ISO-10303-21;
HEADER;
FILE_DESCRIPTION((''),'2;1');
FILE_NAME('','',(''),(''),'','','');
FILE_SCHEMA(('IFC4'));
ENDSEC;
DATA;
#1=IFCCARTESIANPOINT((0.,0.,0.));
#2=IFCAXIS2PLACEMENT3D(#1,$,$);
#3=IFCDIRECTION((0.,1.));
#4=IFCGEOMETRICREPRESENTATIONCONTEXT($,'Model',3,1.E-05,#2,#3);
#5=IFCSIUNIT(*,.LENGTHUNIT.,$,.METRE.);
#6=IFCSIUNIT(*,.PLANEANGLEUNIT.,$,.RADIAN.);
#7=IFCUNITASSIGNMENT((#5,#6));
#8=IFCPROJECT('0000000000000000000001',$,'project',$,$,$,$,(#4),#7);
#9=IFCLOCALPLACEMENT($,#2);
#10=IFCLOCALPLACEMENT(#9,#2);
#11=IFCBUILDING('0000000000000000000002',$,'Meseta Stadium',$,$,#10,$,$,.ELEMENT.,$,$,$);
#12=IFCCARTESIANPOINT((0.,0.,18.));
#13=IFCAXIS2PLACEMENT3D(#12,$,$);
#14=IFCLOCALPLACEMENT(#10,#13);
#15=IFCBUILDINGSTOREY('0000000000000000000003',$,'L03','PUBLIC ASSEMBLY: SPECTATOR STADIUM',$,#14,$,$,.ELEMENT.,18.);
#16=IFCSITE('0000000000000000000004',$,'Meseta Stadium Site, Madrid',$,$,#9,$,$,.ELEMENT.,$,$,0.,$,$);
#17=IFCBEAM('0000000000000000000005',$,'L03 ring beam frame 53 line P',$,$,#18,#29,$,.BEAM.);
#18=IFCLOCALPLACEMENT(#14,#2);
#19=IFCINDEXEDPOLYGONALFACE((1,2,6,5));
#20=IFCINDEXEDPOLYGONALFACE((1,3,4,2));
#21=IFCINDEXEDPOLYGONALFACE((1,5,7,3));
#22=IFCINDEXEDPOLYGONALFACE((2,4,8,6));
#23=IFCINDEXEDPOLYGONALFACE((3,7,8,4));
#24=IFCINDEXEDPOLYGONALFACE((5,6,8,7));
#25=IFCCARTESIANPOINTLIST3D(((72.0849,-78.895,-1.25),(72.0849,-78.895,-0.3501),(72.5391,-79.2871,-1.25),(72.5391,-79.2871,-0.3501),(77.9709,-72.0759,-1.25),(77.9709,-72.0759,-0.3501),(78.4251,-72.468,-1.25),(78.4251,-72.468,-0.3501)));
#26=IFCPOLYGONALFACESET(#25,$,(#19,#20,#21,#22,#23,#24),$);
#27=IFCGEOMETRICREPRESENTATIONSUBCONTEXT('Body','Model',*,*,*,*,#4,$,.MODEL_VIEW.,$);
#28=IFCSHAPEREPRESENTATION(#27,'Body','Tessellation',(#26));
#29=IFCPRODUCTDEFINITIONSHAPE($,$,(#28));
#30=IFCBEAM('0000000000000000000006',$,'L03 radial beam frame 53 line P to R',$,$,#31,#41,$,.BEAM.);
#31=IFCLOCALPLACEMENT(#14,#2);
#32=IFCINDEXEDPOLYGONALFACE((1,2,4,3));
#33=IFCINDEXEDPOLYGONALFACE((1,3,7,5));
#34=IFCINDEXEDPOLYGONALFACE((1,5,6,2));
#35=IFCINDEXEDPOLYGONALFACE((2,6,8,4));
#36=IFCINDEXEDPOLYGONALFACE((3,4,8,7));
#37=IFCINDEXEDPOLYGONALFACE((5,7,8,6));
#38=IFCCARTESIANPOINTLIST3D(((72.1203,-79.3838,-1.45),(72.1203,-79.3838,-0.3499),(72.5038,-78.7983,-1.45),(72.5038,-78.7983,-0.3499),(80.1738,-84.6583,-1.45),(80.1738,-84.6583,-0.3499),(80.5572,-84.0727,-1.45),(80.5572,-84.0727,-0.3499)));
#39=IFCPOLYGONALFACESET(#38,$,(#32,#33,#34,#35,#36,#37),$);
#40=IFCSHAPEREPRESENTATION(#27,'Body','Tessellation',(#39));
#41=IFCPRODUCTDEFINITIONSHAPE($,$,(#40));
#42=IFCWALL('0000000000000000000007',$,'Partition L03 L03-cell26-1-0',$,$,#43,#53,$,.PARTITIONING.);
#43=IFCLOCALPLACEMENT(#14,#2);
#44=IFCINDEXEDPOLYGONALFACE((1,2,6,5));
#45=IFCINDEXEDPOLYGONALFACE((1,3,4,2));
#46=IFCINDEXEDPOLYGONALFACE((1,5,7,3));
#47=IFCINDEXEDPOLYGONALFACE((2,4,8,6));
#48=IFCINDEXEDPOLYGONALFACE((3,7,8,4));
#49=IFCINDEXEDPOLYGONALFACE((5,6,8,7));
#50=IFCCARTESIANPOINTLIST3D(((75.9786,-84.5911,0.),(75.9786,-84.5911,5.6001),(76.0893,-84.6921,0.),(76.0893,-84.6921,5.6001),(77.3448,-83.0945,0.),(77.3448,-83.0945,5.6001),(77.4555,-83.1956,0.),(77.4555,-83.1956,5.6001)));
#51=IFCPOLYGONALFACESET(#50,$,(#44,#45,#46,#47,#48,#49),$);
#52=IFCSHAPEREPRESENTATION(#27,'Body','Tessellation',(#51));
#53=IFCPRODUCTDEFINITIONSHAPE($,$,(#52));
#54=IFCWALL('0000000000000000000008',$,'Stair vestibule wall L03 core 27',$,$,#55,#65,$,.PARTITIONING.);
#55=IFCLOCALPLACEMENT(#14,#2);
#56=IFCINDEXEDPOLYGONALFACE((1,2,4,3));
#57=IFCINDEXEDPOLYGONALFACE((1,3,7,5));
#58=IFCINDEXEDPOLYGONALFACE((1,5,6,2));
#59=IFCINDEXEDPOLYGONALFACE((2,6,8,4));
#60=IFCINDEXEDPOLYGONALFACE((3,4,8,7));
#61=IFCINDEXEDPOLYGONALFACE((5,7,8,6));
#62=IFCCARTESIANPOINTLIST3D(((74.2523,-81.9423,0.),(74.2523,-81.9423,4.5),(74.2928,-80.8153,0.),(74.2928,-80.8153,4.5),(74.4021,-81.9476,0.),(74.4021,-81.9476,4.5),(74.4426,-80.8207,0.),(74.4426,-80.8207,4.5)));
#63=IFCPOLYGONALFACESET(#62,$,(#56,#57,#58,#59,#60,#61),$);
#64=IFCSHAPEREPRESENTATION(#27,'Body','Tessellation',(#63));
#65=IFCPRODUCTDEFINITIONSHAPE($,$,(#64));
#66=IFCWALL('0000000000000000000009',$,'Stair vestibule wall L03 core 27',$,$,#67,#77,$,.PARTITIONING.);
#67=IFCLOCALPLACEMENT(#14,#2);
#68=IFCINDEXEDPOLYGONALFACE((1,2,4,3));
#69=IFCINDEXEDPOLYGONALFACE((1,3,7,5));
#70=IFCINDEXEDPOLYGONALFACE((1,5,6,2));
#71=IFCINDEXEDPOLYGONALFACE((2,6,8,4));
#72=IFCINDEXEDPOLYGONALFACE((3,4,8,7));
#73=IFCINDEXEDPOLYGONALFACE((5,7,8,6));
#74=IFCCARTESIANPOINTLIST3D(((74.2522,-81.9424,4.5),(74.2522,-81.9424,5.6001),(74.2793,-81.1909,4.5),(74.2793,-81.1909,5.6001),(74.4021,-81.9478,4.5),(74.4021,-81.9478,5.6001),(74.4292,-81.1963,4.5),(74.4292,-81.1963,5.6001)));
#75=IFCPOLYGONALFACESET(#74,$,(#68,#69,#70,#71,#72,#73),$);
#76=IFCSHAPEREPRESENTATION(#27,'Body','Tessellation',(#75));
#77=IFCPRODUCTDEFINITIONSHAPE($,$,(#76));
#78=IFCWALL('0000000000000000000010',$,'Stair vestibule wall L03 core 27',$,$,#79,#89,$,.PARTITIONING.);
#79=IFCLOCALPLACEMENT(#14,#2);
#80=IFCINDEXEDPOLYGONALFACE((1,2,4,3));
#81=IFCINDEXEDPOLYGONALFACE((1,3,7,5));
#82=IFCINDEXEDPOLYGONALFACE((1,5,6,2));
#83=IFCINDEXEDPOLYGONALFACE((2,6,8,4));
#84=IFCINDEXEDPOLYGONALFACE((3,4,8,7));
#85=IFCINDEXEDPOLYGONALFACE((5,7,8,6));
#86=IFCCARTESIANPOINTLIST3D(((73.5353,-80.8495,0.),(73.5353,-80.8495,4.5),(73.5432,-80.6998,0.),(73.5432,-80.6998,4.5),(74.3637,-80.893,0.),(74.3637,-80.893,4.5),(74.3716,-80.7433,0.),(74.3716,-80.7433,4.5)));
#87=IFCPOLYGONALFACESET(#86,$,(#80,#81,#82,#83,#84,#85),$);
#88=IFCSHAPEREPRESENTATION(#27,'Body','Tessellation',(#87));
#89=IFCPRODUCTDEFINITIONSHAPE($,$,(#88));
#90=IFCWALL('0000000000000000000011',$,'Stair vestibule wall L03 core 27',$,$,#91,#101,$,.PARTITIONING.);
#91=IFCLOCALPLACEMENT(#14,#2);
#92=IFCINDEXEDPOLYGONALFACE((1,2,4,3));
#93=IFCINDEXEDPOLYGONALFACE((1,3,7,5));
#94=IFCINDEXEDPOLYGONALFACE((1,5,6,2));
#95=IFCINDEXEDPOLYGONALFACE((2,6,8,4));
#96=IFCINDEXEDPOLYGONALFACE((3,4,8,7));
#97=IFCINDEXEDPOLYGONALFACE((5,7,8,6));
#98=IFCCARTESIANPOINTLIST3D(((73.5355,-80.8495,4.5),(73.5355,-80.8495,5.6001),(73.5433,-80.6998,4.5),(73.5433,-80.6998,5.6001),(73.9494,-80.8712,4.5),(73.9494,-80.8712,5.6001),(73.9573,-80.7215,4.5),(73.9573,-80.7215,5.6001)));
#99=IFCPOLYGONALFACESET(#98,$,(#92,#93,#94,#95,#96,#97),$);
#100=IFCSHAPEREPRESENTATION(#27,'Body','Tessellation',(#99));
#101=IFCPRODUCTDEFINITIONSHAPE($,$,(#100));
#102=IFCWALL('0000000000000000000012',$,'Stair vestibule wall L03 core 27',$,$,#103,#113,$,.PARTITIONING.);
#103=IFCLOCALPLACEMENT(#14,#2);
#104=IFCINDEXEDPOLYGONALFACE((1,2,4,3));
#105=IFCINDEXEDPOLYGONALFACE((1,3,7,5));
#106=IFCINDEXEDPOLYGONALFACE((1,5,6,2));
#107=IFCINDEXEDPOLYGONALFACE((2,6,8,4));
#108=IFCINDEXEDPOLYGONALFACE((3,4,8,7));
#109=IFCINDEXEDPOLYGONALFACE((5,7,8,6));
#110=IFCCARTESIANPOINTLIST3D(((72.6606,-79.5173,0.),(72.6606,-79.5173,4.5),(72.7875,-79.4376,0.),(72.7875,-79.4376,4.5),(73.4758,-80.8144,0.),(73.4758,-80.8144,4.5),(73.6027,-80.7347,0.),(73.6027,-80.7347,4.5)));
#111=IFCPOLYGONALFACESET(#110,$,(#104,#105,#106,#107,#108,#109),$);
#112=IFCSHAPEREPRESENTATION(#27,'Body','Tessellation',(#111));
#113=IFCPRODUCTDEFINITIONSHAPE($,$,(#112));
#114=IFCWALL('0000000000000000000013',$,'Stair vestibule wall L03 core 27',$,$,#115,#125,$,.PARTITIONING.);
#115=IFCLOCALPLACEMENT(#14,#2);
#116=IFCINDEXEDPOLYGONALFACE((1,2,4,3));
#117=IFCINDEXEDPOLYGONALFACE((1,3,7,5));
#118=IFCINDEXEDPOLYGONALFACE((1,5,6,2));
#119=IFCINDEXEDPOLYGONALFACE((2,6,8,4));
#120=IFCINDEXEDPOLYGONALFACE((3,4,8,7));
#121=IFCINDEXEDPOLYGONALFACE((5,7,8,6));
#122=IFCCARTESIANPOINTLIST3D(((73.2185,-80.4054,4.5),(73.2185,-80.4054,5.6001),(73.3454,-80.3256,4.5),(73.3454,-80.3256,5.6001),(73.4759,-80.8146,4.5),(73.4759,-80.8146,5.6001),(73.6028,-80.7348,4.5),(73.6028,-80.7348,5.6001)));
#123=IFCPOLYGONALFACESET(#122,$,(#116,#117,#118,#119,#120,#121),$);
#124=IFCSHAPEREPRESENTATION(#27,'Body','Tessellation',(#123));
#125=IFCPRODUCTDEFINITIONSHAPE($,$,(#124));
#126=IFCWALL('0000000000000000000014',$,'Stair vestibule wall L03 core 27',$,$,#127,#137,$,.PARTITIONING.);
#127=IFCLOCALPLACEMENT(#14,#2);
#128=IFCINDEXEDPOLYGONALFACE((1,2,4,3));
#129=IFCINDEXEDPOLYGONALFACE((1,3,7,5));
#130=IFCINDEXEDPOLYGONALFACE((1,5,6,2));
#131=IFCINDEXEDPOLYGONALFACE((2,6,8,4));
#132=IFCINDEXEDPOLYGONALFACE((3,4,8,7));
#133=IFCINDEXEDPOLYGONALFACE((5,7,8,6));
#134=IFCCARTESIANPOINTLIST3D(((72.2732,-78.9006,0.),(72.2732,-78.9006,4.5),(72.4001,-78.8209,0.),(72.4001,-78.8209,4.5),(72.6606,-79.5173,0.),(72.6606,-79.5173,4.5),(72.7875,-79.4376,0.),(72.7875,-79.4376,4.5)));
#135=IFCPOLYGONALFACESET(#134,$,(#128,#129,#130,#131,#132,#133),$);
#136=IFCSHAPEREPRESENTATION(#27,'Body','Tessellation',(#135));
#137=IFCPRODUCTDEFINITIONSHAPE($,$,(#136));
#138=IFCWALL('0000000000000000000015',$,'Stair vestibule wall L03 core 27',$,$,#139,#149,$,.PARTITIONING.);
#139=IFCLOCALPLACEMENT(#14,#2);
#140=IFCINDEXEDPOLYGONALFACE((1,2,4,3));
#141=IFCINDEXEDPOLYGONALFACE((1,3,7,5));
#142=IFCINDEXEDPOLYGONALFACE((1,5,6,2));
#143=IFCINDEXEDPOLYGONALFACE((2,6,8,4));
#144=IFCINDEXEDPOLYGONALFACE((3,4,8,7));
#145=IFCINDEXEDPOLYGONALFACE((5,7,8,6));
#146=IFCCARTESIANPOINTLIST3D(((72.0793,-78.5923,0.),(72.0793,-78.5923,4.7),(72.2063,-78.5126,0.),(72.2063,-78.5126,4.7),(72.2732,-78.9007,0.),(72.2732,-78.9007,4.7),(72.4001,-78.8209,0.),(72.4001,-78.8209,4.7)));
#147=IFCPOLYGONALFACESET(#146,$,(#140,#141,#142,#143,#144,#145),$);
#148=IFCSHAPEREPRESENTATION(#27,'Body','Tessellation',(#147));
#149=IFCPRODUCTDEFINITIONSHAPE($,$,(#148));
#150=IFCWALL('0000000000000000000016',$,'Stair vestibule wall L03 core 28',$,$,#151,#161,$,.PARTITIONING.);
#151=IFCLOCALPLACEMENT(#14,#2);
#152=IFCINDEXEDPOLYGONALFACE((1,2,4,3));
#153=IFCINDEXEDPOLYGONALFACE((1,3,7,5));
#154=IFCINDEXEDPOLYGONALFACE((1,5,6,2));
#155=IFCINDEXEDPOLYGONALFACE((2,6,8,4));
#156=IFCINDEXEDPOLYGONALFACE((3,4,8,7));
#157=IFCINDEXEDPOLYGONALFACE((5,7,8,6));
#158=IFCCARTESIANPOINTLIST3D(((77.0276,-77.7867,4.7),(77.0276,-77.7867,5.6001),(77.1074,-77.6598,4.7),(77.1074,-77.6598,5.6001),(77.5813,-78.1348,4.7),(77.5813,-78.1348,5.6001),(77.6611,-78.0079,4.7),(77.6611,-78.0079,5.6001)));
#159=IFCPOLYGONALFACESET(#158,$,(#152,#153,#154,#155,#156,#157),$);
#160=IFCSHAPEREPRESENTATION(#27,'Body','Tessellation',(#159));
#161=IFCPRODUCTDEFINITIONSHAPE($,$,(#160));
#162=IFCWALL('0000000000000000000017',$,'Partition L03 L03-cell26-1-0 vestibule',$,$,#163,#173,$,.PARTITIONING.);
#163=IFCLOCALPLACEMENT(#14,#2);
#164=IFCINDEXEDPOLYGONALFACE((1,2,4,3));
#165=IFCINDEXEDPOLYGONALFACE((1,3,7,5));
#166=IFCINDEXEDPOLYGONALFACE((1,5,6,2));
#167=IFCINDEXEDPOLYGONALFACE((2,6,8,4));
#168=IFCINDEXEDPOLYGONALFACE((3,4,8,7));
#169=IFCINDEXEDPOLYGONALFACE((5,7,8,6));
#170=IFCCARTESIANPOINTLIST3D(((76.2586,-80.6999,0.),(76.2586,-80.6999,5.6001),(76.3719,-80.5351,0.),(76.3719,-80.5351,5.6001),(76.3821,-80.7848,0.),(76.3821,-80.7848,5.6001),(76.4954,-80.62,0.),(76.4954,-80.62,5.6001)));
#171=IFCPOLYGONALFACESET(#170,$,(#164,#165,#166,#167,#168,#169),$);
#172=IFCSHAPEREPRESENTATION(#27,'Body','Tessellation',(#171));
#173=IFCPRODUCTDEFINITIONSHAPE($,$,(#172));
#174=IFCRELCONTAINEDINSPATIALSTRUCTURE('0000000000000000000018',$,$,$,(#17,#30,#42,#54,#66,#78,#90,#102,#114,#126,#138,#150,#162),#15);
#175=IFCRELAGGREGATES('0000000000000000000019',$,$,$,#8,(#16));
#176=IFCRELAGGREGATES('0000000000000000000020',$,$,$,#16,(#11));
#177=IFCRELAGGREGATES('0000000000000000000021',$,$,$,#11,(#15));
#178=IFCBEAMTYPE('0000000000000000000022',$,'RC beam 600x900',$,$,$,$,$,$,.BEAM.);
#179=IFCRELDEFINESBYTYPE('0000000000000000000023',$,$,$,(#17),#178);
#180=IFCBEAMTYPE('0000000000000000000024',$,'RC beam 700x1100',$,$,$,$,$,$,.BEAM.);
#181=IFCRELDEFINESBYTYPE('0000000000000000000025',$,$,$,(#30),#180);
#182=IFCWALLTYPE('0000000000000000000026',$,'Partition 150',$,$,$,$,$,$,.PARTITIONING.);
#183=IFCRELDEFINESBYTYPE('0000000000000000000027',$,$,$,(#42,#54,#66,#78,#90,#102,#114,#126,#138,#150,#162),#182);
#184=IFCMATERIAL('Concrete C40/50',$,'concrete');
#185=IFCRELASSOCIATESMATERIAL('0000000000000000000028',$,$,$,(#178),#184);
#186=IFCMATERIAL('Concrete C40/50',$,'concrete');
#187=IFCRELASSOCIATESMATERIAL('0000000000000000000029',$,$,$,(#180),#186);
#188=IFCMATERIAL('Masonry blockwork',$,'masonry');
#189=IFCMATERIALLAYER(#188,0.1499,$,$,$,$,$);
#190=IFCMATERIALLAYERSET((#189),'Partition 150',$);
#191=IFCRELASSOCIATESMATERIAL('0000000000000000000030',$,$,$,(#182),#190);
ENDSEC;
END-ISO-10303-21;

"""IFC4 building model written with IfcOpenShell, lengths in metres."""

from ifc_helpers import new_model, si_unit, direction, frame, frame_2d, origin, origin_2d, place, context, subcontext, project, spatial, rectangle, extrude, material, layer, layer_set, material_profile, profile_set, type_object, element, save


model = new_model("IFC4")

# Units and contexts
model_context = context("Model", 3, precision=1e-05, world=origin(), true_north=direction((0.0, 1.0)))
body_context = subcontext(model_context, "Body", "Model", "MODEL_VIEW")
ifc_project = project(units=[si_unit("LENGTHUNIT", "METRE"), si_unit("PLANEANGLEUNIT", "RADIAN")], contexts=[model_context])

# Site, building, storey
site_placement = place(None, origin())
site = spatial("IfcSite", under=ifc_project, at=site_placement, Name="Meseta Stadium Site, Madrid", CompositionType="ELEMENT", RefElevation=0.0)
building_placement = place(site_placement, origin())
building = spatial("IfcBuilding", under=site, at=building_placement, Name="Meseta Stadium", CompositionType="ELEMENT")
storey_placement = place(building_placement, frame((0.0, 0.0, 18.0)))
storey = spatial("IfcBuildingStorey", under=building, at=storey_placement, Name="L03", Description="PUBLIC ASSEMBLY: SPECTATOR STADIUM", CompositionType="ELEMENT", Elevation=18.0)

# Beams
ifc_material_1 = material(Name="Concrete C40/50", Category="concrete")
ifc_material_profile_1 = material_profile(ifc_material_1, rectangle(XDim=0.6001, YDim=0.8999, at=origin_2d()), Name="RC 600x900")
ifc_profile_set_1 = profile_set([ifc_material_profile_1], Name="Concrete C40/50")
beam_type_1 = type_object("IfcBeamType", Name="RC beam 600x900", PredefinedType="BEAM", material=ifc_profile_set_1)
beam_1_placement = place(storey_placement, frame((72.312, -79.0911, -0.8), z_axis=(0.653415, 0.757, 0.0), x_axis=(-0.757, 0.653415, 0.0)))
element("IfcBeam", 1, at=beam_1_placement, inside=storey, type_object=beam_type_1, Name="L03 ring beam frame 53 line P", PredefinedType="BEAM", context=body_context, shape_type="SweptSolid", body=[
    extrude(rectangle(XDim=0.6001, YDim=0.8999, at=origin_2d()), origin(), (0.0, 0.0, 1.0), 9.0081),
])
ifc_material_2 = material(Name="Concrete C40/50", Category="concrete")
ifc_material_profile_2 = material_profile(ifc_material_2, rectangle(XDim=0.7, YDim=1.1001, at=origin_2d()), Name="RC 700x1100")
ifc_profile_set_2 = profile_set([ifc_material_profile_2], Name="Concrete C40/50")
beam_type_2 = type_object("IfcBeamType", Name="RC beam 700x1100", PredefinedType="BEAM", material=ifc_profile_set_2)
beam_2_placement = place(storey_placement, frame((72.312, -79.0911, -0.8999), z_axis=(0.836556, -0.547881, 0.0), x_axis=(0.547881, 0.836556, 0.0)))
element("IfcBeam", 2, at=beam_2_placement, inside=storey, type_object=beam_type_2, Name="L03 radial beam frame 53 line P to R", PredefinedType="BEAM", context=body_context, shape_type="SweptSolid", body=[
    extrude(rectangle(XDim=0.7, YDim=1.1001, at=origin_2d()), origin(), (0.0, 0.0, 1.0), 9.627),
])

# Walls
ifc_material_3 = material(Name="Masonry blockwork", Category="masonry")
ifc_layer = layer(ifc_material_3, 0.1499)
ifc_layer_set = layer_set([ifc_layer], Name="Partition 150")
wall_type = type_object("IfcWallType", Name="Partition 150", PredefinedType="PARTITIONING", material=ifc_layer_set)
wall_1_placement = place(storey_placement, frame((76.0339, -84.6416, 0.0), z_axis=(0.0, 0.0, 1.0), x_axis=(0.674207, 0.738543, 0.0)))
element("IfcWall", 3, at=wall_1_placement, inside=storey, type_object=wall_type, Name="Partition L03 L03-cell26-1-0", PredefinedType="PARTITIONING", context=body_context, shape_type="SweptSolid", body=[
    extrude(rectangle(XDim=2.0264, YDim=0.1499, at=frame_2d((1.0132, 0.0))), origin(), (0.0, 0.0, 1.0), 5.6001),
])
wall_2_placement = place(storey_placement, frame((74.3271, -81.9451, 0.0), z_axis=(0.0, 0.0, 1.0), x_axis=(0.035939, 0.999354, 0.0)))
element("IfcWall", 4, at=wall_2_placement, inside=storey, type_object=wall_type, Name="Stair vestibule wall L03 core 27", PredefinedType="PARTITIONING", context=body_context, shape_type="SweptSolid", body=[
    extrude(rectangle(XDim=1.1277, YDim=0.1499, at=frame_2d((0.564, 0.0))), origin(), (0.0, 0.0, 1.0), 4.5),
])
wall_3_placement = place(storey_placement, frame((74.3271, -81.9451, 4.5), z_axis=(0.0, 0.0, 1.0), x_axis=(0.036039, 0.99935, 0.0)))
element("IfcWall", 5, at=wall_3_placement, inside=storey, type_object=wall_type, Name="Stair vestibule wall L03 core 27", PredefinedType="PARTITIONING", context=body_context, shape_type="SweptSolid", body=[
    extrude(rectangle(XDim=0.752, YDim=0.1499, at=frame_2d((0.376, 0.0))), origin(), (0.0, 0.0, 1.0), 1.1001),
])
wall_4_placement = place(storey_placement, frame((74.3677, -80.8181, 0.0), z_axis=(0.0, 0.0, 1.0), x_axis=(-0.998627, 0.052389, 0.0)))
element("IfcWall", 6, at=wall_4_placement, inside=storey, type_object=wall_type, Name="Stair vestibule wall L03 core 27", PredefinedType="PARTITIONING", context=body_context, shape_type="SweptSolid", body=[
    extrude(rectangle(XDim=0.8296, YDim=0.1499, at=frame_2d((0.4148, 0.0))), origin(), (0.0, 0.0, 1.0), 4.5),
])
wall_5_placement = place(storey_placement, frame((73.9534, -80.7964, 4.5), z_axis=(0.0, 0.0, 1.0), x_axis=(-0.998626, 0.052404, 0.0)))
element("IfcWall", 7, at=wall_5_placement, inside=storey, type_object=wall_type, Name="Stair vestibule wall L03 core 27", PredefinedType="PARTITIONING", context=body_context, shape_type="SweptSolid", body=[
    extrude(rectangle(XDim=0.4146, YDim=0.1499, at=frame_2d((0.2073, 0.0))), origin(), (0.0, 0.0, 1.0), 1.1001),
])
wall_6_placement = place(storey_placement, frame((73.5393, -80.7747, 0.0), z_axis=(0.0, 0.0, 1.0), x_axis=(-0.532103, 0.84668, 0.0)))
element("IfcWall", 8, at=wall_6_placement, inside=storey, type_object=wall_type, Name="Stair vestibule wall L03 core 27", PredefinedType="PARTITIONING", context=body_context, shape_type="SweptSolid", body=[
    extrude(rectangle(XDim=1.532, YDim=0.1499, at=frame_2d((0.7661, 0.0))), origin(), (0.0, 0.0, 1.0), 4.5),
])
wall_7_placement = place(storey_placement, frame((73.5393, -80.7747, 4.5), z_axis=(0.0, 0.0, 1.0), x_axis=(-0.532358, 0.846519, 0.0)))
element("IfcWall", 9, at=wall_7_placement, inside=storey, type_object=wall_type, Name="Stair vestibule wall L03 core 27", PredefinedType="PARTITIONING", context=body_context, shape_type="SweptSolid", body=[
    extrude(rectangle(XDim=0.4834, YDim=0.1499, at=frame_2d((0.2417, 0.0))), origin(), (0.0, 0.0, 1.0), 1.1001),
])
wall_8_placement = place(storey_placement, frame((72.7241, -79.4775, 0.0), z_axis=(0.0, 0.0, 1.0), x_axis=(-0.531986, 0.846753, 0.0)))
element("IfcWall", 10, at=wall_8_placement, inside=storey, type_object=wall_type, Name="Stair vestibule wall L03 core 27", PredefinedType="PARTITIONING", context=body_context, shape_type="SweptSolid", body=[
    extrude(rectangle(XDim=0.7283, YDim=0.1499, at=frame_2d((0.3643, 0.0))), origin(), (0.0, 0.0, 1.0), 4.5),
])
wall_9_placement = place(storey_placement, frame((72.3367, -78.8608, 0.0), z_axis=(0.0, 0.0, 1.0), x_axis=(-0.532226, 0.846602, 0.0)))
element("IfcWall", 11, at=wall_9_placement, inside=storey, type_object=wall_type, Name="Stair vestibule wall L03 core 27", PredefinedType="PARTITIONING", context=body_context, shape_type="SweptSolid", body=[
    extrude(rectangle(XDim=0.3643, YDim=0.1499, at=frame_2d((0.1821, 0.0))), origin(), (0.0, 0.0, 1.0), 4.7),
])
wall_10_placement = place(storey_placement, frame((77.0674, -77.7231, 4.7), z_axis=(0.0, 0.0, 1.0), x_axis=(0.846569, -0.532279, 0.0)))
element("IfcWall", 12, at=wall_10_placement, inside=storey, type_object=wall_type, Name="Stair vestibule wall L03 core 28", PredefinedType="PARTITIONING", context=body_context, shape_type="SweptSolid", body=[
    extrude(rectangle(XDim=0.6541, YDim=0.1499, at=frame_2d((0.3271, 0.0))), origin(), (0.0, 0.0, 1.0), 0.9001),
])
wall_11_placement = place(storey_placement, frame((76.3203, -80.7424, 0.0), z_axis=(0.0, 0.0, 1.0), x_axis=(0.566477, 0.824078, 0.0)))
element("IfcWall", 13, at=wall_11_placement, inside=storey, type_object=wall_type, Name="Partition L03 L03-cell26-1-0 vestibule", PredefinedType="PARTITIONING", context=body_context, shape_type="SweptSolid", body=[
    extrude(rectangle(XDim=0.2, YDim=0.1499, at=frame_2d((0.1001, 0.0))), origin(), (0.0, 0.0, 1.0), 5.6001),
])

save(model, "model.ifc")
